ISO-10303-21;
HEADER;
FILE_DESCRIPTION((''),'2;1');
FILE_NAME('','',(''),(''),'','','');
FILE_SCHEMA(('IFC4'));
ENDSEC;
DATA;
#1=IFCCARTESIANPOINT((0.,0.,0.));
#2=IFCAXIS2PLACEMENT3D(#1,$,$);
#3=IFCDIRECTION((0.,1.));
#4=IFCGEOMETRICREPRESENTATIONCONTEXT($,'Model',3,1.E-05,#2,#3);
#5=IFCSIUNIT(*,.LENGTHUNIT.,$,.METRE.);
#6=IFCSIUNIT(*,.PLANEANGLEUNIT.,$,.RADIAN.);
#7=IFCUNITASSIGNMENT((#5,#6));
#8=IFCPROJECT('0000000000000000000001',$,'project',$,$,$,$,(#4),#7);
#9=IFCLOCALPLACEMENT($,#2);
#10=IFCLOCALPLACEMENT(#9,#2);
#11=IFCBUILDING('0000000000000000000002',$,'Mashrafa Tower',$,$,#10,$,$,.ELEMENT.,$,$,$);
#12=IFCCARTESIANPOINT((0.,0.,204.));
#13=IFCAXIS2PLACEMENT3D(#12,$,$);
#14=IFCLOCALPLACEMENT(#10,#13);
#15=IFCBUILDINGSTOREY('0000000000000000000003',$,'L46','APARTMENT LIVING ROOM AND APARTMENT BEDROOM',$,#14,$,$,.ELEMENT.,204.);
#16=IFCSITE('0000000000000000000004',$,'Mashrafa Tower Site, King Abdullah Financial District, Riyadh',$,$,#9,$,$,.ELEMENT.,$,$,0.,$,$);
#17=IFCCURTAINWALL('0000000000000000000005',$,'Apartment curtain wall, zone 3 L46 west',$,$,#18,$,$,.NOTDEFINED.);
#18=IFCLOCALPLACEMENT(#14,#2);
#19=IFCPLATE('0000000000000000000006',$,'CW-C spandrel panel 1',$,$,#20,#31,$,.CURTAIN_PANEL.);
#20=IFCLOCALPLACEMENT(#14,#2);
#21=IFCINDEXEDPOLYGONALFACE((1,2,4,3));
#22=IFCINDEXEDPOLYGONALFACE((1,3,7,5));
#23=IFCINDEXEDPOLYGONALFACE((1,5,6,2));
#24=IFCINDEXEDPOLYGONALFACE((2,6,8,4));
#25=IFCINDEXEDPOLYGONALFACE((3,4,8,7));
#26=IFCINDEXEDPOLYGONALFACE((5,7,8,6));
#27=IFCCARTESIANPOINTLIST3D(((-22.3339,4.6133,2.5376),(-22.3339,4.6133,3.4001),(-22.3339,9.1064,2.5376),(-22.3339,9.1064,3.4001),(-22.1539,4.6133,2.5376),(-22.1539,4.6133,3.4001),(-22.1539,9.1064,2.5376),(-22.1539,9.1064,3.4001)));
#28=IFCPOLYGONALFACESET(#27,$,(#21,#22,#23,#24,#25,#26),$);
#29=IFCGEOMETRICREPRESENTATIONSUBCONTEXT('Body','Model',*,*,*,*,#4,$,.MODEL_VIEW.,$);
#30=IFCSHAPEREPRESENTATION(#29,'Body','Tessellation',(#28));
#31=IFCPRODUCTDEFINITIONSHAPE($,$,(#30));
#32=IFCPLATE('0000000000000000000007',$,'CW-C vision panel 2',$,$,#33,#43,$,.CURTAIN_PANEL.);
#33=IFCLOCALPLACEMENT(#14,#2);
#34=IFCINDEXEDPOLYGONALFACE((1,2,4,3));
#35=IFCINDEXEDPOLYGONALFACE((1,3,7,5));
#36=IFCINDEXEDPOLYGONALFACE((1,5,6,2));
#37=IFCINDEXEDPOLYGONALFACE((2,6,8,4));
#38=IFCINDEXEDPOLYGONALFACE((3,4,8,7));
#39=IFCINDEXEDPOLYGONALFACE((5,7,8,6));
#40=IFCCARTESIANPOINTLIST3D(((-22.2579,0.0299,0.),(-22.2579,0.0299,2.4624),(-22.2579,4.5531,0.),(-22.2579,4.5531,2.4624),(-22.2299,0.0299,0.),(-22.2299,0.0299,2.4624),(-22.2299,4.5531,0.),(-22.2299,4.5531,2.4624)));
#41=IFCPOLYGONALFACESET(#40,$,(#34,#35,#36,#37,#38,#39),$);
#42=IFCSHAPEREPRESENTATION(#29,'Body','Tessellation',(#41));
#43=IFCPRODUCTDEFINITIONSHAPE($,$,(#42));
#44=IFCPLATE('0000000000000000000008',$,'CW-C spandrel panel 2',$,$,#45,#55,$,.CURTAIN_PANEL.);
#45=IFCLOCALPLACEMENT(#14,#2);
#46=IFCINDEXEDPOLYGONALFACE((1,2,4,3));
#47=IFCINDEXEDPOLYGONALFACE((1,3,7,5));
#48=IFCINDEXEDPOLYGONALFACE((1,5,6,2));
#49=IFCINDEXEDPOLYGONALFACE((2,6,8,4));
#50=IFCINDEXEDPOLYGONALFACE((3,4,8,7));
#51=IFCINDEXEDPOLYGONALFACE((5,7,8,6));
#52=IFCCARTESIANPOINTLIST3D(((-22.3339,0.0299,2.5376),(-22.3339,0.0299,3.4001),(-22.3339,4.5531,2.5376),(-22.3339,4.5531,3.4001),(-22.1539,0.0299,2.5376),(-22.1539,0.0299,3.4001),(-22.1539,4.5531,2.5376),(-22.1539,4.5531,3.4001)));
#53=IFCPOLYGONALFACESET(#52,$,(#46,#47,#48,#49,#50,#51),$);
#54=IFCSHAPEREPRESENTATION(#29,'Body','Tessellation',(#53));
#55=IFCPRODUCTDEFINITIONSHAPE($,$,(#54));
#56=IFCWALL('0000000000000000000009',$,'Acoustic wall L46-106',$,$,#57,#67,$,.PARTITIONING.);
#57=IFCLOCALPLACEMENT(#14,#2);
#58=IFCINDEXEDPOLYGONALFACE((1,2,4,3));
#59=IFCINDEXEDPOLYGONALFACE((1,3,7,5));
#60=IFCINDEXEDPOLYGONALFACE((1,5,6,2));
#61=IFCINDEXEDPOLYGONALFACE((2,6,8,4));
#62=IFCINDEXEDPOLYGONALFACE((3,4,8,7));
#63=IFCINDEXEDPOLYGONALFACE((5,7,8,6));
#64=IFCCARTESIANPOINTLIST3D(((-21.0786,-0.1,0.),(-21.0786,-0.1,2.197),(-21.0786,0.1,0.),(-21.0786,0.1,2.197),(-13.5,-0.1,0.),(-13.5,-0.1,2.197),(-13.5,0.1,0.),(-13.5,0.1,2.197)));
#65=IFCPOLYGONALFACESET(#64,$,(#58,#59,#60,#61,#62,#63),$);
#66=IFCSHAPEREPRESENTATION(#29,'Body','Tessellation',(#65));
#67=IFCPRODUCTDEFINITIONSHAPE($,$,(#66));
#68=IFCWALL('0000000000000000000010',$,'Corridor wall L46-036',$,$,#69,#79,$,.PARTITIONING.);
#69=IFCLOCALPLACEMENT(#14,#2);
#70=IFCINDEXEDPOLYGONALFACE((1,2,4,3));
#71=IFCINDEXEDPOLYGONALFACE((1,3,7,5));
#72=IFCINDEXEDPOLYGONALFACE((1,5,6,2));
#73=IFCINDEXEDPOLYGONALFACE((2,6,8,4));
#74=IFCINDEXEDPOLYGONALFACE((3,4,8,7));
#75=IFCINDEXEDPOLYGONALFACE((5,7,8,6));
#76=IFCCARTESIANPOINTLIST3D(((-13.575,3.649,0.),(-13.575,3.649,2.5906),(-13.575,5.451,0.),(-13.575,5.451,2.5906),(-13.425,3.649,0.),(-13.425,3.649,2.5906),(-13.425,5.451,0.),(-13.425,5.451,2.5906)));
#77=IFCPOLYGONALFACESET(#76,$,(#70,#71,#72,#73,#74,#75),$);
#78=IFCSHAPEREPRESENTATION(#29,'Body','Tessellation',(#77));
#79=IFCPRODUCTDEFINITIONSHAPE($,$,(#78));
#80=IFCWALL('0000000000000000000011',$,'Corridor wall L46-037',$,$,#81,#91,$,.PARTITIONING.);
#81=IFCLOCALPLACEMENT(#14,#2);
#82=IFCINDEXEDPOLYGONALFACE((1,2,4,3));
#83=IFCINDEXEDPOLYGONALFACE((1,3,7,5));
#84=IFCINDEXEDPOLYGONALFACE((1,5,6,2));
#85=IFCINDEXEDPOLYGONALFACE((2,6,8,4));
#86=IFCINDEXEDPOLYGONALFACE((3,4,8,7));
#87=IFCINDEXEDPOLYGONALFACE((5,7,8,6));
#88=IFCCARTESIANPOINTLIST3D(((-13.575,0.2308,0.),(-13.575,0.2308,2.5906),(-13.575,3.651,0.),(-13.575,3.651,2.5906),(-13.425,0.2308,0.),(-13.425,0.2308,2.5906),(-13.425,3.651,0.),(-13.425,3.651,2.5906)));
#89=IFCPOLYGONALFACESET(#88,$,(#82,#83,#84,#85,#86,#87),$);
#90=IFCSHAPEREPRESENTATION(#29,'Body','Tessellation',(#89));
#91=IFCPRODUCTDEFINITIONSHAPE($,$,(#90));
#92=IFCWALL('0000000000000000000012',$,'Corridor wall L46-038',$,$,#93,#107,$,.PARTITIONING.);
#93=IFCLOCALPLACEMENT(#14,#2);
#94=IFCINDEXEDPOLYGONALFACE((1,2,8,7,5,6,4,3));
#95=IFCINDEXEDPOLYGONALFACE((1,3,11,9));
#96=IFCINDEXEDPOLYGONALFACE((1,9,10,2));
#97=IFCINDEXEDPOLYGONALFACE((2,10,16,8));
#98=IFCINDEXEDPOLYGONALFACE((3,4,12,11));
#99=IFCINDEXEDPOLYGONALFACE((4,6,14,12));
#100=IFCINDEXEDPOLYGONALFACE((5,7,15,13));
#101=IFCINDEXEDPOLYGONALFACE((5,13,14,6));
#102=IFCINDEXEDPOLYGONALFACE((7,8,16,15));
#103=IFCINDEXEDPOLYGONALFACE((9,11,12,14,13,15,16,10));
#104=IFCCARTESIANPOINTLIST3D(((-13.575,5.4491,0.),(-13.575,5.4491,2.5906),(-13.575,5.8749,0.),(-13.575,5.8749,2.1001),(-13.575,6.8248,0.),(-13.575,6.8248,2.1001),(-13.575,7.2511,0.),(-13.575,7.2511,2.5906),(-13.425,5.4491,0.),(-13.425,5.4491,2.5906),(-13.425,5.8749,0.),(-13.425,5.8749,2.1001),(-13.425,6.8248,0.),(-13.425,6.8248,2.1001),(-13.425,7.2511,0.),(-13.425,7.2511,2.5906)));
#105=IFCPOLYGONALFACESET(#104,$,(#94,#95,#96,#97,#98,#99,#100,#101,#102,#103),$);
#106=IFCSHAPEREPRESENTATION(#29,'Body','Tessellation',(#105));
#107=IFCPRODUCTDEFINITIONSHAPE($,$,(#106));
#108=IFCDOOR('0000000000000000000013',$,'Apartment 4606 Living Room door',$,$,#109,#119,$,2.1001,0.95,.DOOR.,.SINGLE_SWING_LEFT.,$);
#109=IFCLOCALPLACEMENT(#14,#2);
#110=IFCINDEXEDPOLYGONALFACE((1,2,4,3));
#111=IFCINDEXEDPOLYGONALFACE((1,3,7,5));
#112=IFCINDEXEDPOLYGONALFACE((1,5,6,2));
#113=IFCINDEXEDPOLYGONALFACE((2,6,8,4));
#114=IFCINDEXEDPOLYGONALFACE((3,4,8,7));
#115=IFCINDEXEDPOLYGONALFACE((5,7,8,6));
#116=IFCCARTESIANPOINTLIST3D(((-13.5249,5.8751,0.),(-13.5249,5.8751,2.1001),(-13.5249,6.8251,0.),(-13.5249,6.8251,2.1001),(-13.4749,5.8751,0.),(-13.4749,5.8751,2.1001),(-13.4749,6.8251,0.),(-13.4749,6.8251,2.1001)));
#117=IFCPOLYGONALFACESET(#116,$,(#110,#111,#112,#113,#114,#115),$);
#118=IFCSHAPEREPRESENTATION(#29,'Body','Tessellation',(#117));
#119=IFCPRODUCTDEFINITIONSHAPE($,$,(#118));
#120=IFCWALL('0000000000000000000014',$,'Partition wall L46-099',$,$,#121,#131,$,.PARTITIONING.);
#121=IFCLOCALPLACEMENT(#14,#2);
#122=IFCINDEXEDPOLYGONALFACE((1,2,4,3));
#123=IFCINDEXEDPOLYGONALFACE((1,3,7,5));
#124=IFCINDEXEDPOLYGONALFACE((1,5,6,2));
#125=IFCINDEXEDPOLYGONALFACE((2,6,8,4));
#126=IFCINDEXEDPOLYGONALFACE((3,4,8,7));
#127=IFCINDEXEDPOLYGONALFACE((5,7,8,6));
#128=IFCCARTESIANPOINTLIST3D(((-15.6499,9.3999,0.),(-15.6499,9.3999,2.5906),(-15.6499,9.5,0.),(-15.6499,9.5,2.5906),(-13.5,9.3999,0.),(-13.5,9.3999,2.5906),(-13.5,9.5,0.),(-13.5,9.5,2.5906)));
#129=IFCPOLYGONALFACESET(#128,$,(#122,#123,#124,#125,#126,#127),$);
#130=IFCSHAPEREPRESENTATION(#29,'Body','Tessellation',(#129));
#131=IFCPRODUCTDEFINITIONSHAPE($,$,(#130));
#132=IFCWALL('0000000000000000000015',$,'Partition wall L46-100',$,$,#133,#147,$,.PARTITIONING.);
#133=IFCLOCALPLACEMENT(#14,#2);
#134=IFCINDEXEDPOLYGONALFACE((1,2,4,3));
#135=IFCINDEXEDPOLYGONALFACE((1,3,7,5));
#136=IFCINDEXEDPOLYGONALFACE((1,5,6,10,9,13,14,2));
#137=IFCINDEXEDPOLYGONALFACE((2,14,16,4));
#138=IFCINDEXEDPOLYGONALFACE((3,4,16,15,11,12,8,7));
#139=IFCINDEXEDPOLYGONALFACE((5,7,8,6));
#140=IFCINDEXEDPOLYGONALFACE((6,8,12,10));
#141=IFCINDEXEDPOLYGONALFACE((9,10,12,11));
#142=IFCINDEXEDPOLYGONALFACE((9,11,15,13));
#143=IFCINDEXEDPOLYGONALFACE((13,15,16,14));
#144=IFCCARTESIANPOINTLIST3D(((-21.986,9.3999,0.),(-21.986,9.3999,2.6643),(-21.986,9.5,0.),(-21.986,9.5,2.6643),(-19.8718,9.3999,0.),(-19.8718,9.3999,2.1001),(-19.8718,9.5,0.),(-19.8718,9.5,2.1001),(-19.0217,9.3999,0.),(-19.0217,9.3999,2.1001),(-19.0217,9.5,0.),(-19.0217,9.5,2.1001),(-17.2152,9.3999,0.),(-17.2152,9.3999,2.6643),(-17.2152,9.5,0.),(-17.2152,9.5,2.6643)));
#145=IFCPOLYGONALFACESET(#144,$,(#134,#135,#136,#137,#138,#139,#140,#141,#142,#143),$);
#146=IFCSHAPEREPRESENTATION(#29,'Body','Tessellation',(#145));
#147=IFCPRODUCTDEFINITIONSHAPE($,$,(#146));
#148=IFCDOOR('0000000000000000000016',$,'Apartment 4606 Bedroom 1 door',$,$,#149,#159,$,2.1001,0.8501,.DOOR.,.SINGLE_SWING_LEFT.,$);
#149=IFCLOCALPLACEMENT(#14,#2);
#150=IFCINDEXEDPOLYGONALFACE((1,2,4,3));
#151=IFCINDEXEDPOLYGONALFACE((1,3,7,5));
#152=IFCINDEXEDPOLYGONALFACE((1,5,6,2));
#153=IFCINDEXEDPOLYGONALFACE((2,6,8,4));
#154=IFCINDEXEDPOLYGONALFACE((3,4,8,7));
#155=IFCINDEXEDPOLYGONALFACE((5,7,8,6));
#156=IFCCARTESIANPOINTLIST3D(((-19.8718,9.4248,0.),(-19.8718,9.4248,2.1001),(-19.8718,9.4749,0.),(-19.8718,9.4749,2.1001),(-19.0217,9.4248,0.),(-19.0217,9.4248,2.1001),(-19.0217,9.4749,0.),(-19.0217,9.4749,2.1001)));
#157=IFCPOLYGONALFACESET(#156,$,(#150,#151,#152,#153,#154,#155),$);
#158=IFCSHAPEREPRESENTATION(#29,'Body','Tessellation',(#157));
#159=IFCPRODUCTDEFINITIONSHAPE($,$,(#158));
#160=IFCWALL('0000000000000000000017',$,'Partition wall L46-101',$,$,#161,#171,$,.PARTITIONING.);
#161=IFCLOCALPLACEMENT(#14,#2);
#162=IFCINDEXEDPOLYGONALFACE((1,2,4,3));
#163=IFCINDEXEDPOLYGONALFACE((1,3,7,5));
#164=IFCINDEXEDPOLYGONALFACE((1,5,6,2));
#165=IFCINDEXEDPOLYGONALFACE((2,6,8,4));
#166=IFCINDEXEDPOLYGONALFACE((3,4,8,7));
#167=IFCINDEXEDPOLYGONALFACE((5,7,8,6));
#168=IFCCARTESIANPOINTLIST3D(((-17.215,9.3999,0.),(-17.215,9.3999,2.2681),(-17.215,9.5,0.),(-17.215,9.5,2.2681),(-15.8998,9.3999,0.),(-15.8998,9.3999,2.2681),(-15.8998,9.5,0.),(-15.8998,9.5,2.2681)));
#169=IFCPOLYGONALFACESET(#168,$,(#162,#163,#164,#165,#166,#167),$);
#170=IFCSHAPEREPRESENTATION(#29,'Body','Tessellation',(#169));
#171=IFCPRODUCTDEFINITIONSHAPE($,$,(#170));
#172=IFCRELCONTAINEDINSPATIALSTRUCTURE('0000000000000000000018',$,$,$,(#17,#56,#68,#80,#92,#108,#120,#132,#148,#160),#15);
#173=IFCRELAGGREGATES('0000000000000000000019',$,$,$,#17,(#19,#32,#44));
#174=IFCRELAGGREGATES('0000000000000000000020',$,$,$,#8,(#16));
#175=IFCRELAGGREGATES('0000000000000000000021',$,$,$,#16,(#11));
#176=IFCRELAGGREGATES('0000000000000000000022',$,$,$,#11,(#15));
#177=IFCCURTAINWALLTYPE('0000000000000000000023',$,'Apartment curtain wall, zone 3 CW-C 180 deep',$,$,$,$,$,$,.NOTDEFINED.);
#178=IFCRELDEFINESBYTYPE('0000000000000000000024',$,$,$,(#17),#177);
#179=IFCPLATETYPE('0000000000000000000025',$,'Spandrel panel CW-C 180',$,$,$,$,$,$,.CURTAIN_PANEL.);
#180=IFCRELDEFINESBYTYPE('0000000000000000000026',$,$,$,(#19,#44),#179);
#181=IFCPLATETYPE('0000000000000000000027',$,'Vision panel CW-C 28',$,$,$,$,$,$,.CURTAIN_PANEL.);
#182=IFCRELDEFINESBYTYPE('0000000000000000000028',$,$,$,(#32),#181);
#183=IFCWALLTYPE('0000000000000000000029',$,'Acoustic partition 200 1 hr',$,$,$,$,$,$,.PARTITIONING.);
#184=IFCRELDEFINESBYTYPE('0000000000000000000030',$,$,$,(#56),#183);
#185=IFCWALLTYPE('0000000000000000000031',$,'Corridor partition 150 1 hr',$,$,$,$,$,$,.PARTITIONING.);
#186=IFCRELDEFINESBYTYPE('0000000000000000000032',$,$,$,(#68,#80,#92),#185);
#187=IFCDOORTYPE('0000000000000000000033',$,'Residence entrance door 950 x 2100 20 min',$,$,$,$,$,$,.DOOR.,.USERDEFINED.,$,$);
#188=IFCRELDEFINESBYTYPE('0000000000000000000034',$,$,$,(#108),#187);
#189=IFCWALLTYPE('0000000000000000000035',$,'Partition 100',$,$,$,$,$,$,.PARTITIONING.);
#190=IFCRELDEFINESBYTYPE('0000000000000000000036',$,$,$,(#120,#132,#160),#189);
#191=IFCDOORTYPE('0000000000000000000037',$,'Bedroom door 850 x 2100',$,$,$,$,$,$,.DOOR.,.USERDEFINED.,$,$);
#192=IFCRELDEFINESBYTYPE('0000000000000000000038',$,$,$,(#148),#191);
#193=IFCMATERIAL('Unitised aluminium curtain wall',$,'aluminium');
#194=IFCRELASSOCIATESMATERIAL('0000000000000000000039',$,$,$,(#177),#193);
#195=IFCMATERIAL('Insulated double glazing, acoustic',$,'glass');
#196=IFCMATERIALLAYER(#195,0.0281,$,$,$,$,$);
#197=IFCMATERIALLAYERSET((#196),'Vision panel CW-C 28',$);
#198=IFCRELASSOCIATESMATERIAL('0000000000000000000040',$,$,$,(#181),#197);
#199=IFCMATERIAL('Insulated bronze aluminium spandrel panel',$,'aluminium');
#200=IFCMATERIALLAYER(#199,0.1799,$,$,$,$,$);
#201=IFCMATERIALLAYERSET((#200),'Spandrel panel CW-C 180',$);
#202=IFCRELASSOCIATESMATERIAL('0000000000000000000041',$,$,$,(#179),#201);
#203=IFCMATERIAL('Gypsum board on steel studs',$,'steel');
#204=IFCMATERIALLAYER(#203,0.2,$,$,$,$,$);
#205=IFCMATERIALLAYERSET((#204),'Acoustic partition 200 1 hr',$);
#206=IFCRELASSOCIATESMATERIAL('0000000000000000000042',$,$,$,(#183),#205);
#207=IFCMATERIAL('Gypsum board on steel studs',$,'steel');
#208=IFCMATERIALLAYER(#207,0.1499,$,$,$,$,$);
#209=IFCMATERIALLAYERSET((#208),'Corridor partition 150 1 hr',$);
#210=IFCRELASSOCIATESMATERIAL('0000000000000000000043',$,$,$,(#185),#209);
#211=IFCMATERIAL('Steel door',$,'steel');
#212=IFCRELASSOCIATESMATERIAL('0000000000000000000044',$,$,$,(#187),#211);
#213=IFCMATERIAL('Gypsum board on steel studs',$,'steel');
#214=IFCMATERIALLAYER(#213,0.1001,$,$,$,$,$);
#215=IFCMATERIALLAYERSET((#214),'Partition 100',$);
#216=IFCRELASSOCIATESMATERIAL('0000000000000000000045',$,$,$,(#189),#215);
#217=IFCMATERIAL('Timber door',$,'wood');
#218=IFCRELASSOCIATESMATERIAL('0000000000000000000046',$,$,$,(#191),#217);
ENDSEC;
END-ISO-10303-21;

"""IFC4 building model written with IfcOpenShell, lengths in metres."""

from ifc_helpers import new_model, si_unit, direction, frame, frame_2d, origin, origin_2d, place, context, subcontext, project, spatial, rectangle, extrude, source, transform, mapped, material, layer, layer_set, type_object, type_shapes, element, fill, aggregate, save


model = new_model("IFC4")

# Units and contexts
model_context = context("Model", 3, precision=1e-05, world=origin(), true_north=direction((0.0, 1.0)))
body_context = subcontext(model_context, "Body", "Model", "MODEL_VIEW")
ifc_project = project(units=[si_unit("LENGTHUNIT", "METRE"), si_unit("PLANEANGLEUNIT", "RADIAN")], contexts=[model_context])

# Site, building, storey
site_placement = place(None, origin())
site = spatial("IfcSite", under=ifc_project, at=site_placement, Name="Mashrafa Tower Site, King Abdullah Financial District, Riyadh", CompositionType="ELEMENT", RefElevation=0.0)
building_placement = place(site_placement, origin())
building = spatial("IfcBuilding", under=site, at=building_placement, Name="Mashrafa Tower", CompositionType="ELEMENT")
storey_placement = place(building_placement, frame((0.0, 0.0, 204.0)))
storey = spatial("IfcBuildingStorey", under=building, at=storey_placement, Name="L46", Description="APARTMENT LIVING ROOM AND APARTMENT BEDROOM", CompositionType="ELEMENT", Elevation=204.0)

# Shared definitions
ifc_material_1 = material(Name="Unitised aluminium curtain wall", Category="aluminium")
curtain_wall_type = type_object("IfcCurtainWallType", Name="Apartment curtain wall, zone 3 CW-C 180 deep", PredefinedType="NOTDEFINED", material=ifc_material_1)

# Curtain wall, plates
curtain_wall_1_placement = place(storey_placement, origin())
curtain_wall_1 = element("IfcCurtainWall", 1, at=curtain_wall_1_placement, inside=storey, type_object=curtain_wall_type, Name="Apartment curtain wall, zone 3 L46 west", PredefinedType="NOTDEFINED")
ifc_material_2 = material(Name="Insulated double glazing, acoustic", Category="glass")
ifc_layer_1 = layer(ifc_material_2, 0.0281)
ifc_layer_set_1 = layer_set([ifc_layer_1], Name="Vision panel CW-C 28")
plate_type_1 = type_object("IfcPlateType", Name="Vision panel CW-C 28", PredefinedType="CURTAIN_PANEL", material=ifc_layer_set_1)
ifc_material_3 = material(Name="Insulated bronze aluminium spandrel panel", Category="aluminium")
ifc_layer_2 = layer(ifc_material_3, 0.1799)
ifc_layer_set_2 = layer_set([ifc_layer_2], Name="Spandrel panel CW-C 180")
plate_type_2 = type_object("IfcPlateType", Name="Spandrel panel CW-C 180", PredefinedType="CURTAIN_PANEL", material=ifc_layer_set_2)
shared_shape_1 = source(origin(), body_context, "Body", "SweptSolid", [
    extrude(rectangle(XDim=4.4932, YDim=0.1799, at=origin_2d()), origin(), (0.0, 0.0, 1.0), 0.8625),
])
plate_1_placement = place(storey_placement, frame((-22.2439, 6.8599, 2.5376), z_axis=(0.0, 0.0, 1.0), x_axis=(0.0, -1.0, 0.0)))
plate_1 = element("IfcPlate", 2, at=plate_1_placement, type_object=plate_type_2, Name="CW-C spandrel panel 1", PredefinedType="CURTAIN_PANEL", context=body_context, shape_type="MappedRepresentation", body=[
    mapped(shared_shape_1, transform((0.0, 0.0, 0.0))),
])
shared_shape_2 = source(origin(), body_context, "Body", "SweptSolid", [
    extrude(rectangle(XDim=4.5232, YDim=0.0281, at=origin_2d()), origin(), (0.0, 0.0, 1.0), 2.4624),
])
plate_2_placement = place(storey_placement, frame((-22.2439, 2.2915, 0.0), z_axis=(0.0, 0.0, 1.0), x_axis=(0.0, -1.0, 0.0)))
plate_2 = element("IfcPlate", 3, at=plate_2_placement, type_object=plate_type_1, Name="CW-C vision panel 2", PredefinedType="CURTAIN_PANEL", context=body_context, shape_type="MappedRepresentation", body=[
    mapped(shared_shape_2, transform((0.0, 0.0, 0.0))),
])
shared_shape_3 = source(origin(), body_context, "Body", "SweptSolid", [
    extrude(rectangle(XDim=4.5232, YDim=0.1799, at=origin_2d()), origin(), (0.0, 0.0, 1.0), 0.8625),
])
type_shapes(plate_type_2, [shared_shape_1, shared_shape_3])
plate_3_placement = place(storey_placement, frame((-22.2439, 2.2915, 2.5376), z_axis=(0.0, 0.0, 1.0), x_axis=(0.0, -1.0, 0.0)))
plate_3 = element("IfcPlate", 4, at=plate_3_placement, type_object=plate_type_2, Name="CW-C spandrel panel 2", PredefinedType="CURTAIN_PANEL", context=body_context, shape_type="MappedRepresentation", body=[
    mapped(shared_shape_3, transform((0.0, 0.0, 0.0))),
])
aggregate(curtain_wall_1, [plate_1, plate_2, plate_3])

# Walls
ifc_material_4 = material(Name="Gypsum board on steel studs", Category="steel")
ifc_layer_3 = layer(ifc_material_4, 0.2)
ifc_layer_set_3 = layer_set([ifc_layer_3], Name="Acoustic partition 200 1 hr")
wall_type_1 = type_object("IfcWallType", Name="Acoustic partition 200 1 hr", PredefinedType="PARTITIONING", material=ifc_layer_set_3)
wall_1_placement = place(storey_placement, frame((-21.0786, 0.0, 0.0), z_axis=(0.0, 0.0, 1.0), x_axis=(1.0, 0.0, 0.0)))
element("IfcWall", 5, at=wall_1_placement, inside=storey, type_object=wall_type_1, Name="Acoustic wall L46-106", PredefinedType="PARTITIONING", context=body_context, shape_type="SweptSolid", body=[
    extrude(rectangle(XDim=7.5786, YDim=0.2, at=frame_2d((3.7893, 0.0))), origin(), (0.0, 0.0, 1.0), 2.197),
])
ifc_material_5 = material(Name="Gypsum board on steel studs", Category="steel")
ifc_layer_4 = layer(ifc_material_5, 0.1499)
ifc_layer_set_4 = layer_set([ifc_layer_4], Name="Corridor partition 150 1 hr")
wall_type_2 = type_object("IfcWallType", Name="Corridor partition 150 1 hr", PredefinedType="PARTITIONING", material=ifc_layer_set_4)
wall_2_placement = place(storey_placement, frame((-13.5, 5.4509, 0.0), z_axis=(0.0, 0.0, 1.0), x_axis=(0.0, -1.0, 0.0)))
element("IfcWall", 6, at=wall_2_placement, inside=storey, type_object=wall_type_2, Name="Corridor wall L46-036", PredefinedType="PARTITIONING", context=body_context, shape_type="SweptSolid", body=[
    extrude(rectangle(XDim=1.802, YDim=0.1499, at=frame_2d((0.9009, 0.0))), origin(), (0.0, 0.0, 1.0), 2.5906),
])
wall_3_placement = place(storey_placement, frame((-13.5, 3.6509, 0.0), z_axis=(0.0, 0.0, 1.0), x_axis=(0.0, -1.0, 0.0)))
element("IfcWall", 7, at=wall_3_placement, inside=storey, type_object=wall_type_2, Name="Corridor wall L46-037", PredefinedType="PARTITIONING", context=body_context, shape_type="SweptSolid", body=[
    extrude(rectangle(XDim=3.4202, YDim=0.1499, at=frame_2d((1.71, 0.0))), origin(), (0.0, 0.0, 1.0), 2.5906),
])

# Wall, opening, door
wall_4_placement = place(storey_placement, frame((-13.5, 7.251, 0.0), z_axis=(0.0, 0.0, 1.0), x_axis=(0.0, -1.0, 0.0)))
wall_4 = element("IfcWall", 8, at=wall_4_placement, inside=storey, type_object=wall_type_2, Name="Corridor wall L46-038", PredefinedType="PARTITIONING", context=body_context, shape_type="SweptSolid", body=[
    extrude(rectangle(XDim=1.802, YDim=0.1499, at=frame_2d((0.9009, 0.0))), origin(), (0.0, 0.0, 1.0), 2.5906),
])
opening_1_placement = place(wall_4_placement, frame((0.426, 0.0, 0.0)))
opening_1 = element("IfcOpeningElement", 9, at=opening_1_placement, cuts=wall_4, PredefinedType="OPENING", context=body_context, shape_type="SweptSolid", body=[
    extrude(rectangle(XDim=0.95, YDim=2.1001, at=frame_2d((0.4751, 1.05))), frame((0.0, 0.085, 0.0), z_axis=(0.0, -1.0, 0.0), x_axis=(1.0, 0.0, 0.0)), (0.0, 0.0, 1.0), 0.1699),
])
ifc_material_6 = material(Name="Steel door", Category="steel")
door_type_1 = type_object("IfcDoorType", Name="Residence entrance door 950 x 2100 20 min", OperationType="USERDEFINED", PredefinedType="DOOR", material=ifc_material_6)
door_1_placement = place(opening_1_placement, frame((0.95, 0.0, 0.0), z_axis=(0.0, 0.0, 1.0), x_axis=(-1.0, 0.0, 0.0)))
door_1 = element("IfcDoor", 10, at=door_1_placement, inside=storey, type_object=door_type_1, Name="Apartment 4606 Living Room door", OperationType="SINGLE_SWING_LEFT", OverallHeight=2.1001, OverallWidth=0.95, PredefinedType="DOOR", context=body_context, shape_type="SweptSolid", body=[
    extrude(rectangle(XDim=0.95, YDim=2.1001, at=frame_2d((0.4751, 1.05))), frame((0.0, 0.0249, 0.0), z_axis=(0.0, -1.0, 0.0), x_axis=(1.0, 0.0, 0.0)), (0.0, 0.0, 1.0), 0.05),
])
fill(opening_1, door_1)

# Wall
ifc_material_7 = material(Name="Gypsum board on steel studs", Category="steel")
ifc_layer_5 = layer(ifc_material_7, 0.1001)
ifc_layer_set_5 = layer_set([ifc_layer_5], Name="Partition 100")
wall_type_3 = type_object("IfcWallType", Name="Partition 100", PredefinedType="PARTITIONING", material=ifc_layer_set_5)
wall_5_placement = place(storey_placement, frame((-15.6499, 9.45, 0.0), z_axis=(0.0, 0.0, 1.0), x_axis=(1.0, 0.0, 0.0)))
element("IfcWall", 11, at=wall_5_placement, inside=storey, type_object=wall_type_3, Name="Partition wall L46-099", PredefinedType="PARTITIONING", context=body_context, shape_type="SweptSolid", body=[
    extrude(rectangle(XDim=2.1499, YDim=0.1001, at=frame_2d((1.075, 0.0))), origin(), (0.0, 0.0, 1.0), 2.5906),
])

# Wall, opening, door
wall_6_placement = place(storey_placement, frame((-21.9858, 9.45, 0.0), z_axis=(0.0, 0.0, 1.0), x_axis=(1.0, 0.0, 0.0)))
wall_6 = element("IfcWall", 12, at=wall_6_placement, inside=storey, type_object=wall_type_3, Name="Partition wall L46-100", PredefinedType="PARTITIONING", context=body_context, shape_type="SweptSolid", body=[
    extrude(rectangle(XDim=4.7708, YDim=0.1001, at=frame_2d((2.3853, 0.0))), origin(), (0.0, 0.0, 1.0), 2.6643),
])
opening_2_placement = place(wall_6_placement, frame((2.114, 0.0, 0.0)))
opening_2 = element("IfcOpeningElement", 13, at=opening_2_placement, cuts=wall_6, PredefinedType="OPENING", context=body_context, shape_type="SweptSolid", body=[
    extrude(rectangle(XDim=0.8501, YDim=2.1001, at=frame_2d((0.425, 1.05))), frame((0.0, 0.0601, 0.0), z_axis=(0.0, -1.0, 0.0), x_axis=(1.0, 0.0, 0.0)), (0.0, 0.0, 1.0), 0.1201),
])
ifc_material_8 = material(Name="Timber door", Category="wood")
door_type_2 = type_object("IfcDoorType", Name="Bedroom door 850 x 2100", OperationType="USERDEFINED", PredefinedType="DOOR", material=ifc_material_8)
door_2_placement = place(opening_2_placement, origin())
door_2 = element("IfcDoor", 14, at=door_2_placement, inside=storey, type_object=door_type_2, Name="Apartment 4606 Bedroom 1 door", OperationType="SINGLE_SWING_LEFT", OverallHeight=2.1001, OverallWidth=0.8501, PredefinedType="DOOR", context=body_context, shape_type="SweptSolid", body=[
    extrude(rectangle(XDim=0.8501, YDim=2.1001, at=frame_2d((0.425, 1.05))), frame((0.0, 0.0249, 0.0), z_axis=(0.0, -1.0, 0.0), x_axis=(1.0, 0.0, 0.0)), (0.0, 0.0, 1.0), 0.05),
])
fill(opening_2, door_2)

# Wall
wall_7_placement = place(storey_placement, frame((-17.2151, 9.45, 0.0), z_axis=(0.0, 0.0, 1.0), x_axis=(1.0, 0.0, 0.0)))
element("IfcWall", 15, at=wall_7_placement, inside=storey, type_object=wall_type_3, Name="Partition wall L46-101", PredefinedType="PARTITIONING", context=body_context, shape_type="SweptSolid", body=[
    extrude(rectangle(XDim=1.3152, YDim=0.1001, at=frame_2d((0.6577, 0.0))), origin(), (0.0, 0.0, 1.0), 2.2681),
])

save(model, "model.ifc")
